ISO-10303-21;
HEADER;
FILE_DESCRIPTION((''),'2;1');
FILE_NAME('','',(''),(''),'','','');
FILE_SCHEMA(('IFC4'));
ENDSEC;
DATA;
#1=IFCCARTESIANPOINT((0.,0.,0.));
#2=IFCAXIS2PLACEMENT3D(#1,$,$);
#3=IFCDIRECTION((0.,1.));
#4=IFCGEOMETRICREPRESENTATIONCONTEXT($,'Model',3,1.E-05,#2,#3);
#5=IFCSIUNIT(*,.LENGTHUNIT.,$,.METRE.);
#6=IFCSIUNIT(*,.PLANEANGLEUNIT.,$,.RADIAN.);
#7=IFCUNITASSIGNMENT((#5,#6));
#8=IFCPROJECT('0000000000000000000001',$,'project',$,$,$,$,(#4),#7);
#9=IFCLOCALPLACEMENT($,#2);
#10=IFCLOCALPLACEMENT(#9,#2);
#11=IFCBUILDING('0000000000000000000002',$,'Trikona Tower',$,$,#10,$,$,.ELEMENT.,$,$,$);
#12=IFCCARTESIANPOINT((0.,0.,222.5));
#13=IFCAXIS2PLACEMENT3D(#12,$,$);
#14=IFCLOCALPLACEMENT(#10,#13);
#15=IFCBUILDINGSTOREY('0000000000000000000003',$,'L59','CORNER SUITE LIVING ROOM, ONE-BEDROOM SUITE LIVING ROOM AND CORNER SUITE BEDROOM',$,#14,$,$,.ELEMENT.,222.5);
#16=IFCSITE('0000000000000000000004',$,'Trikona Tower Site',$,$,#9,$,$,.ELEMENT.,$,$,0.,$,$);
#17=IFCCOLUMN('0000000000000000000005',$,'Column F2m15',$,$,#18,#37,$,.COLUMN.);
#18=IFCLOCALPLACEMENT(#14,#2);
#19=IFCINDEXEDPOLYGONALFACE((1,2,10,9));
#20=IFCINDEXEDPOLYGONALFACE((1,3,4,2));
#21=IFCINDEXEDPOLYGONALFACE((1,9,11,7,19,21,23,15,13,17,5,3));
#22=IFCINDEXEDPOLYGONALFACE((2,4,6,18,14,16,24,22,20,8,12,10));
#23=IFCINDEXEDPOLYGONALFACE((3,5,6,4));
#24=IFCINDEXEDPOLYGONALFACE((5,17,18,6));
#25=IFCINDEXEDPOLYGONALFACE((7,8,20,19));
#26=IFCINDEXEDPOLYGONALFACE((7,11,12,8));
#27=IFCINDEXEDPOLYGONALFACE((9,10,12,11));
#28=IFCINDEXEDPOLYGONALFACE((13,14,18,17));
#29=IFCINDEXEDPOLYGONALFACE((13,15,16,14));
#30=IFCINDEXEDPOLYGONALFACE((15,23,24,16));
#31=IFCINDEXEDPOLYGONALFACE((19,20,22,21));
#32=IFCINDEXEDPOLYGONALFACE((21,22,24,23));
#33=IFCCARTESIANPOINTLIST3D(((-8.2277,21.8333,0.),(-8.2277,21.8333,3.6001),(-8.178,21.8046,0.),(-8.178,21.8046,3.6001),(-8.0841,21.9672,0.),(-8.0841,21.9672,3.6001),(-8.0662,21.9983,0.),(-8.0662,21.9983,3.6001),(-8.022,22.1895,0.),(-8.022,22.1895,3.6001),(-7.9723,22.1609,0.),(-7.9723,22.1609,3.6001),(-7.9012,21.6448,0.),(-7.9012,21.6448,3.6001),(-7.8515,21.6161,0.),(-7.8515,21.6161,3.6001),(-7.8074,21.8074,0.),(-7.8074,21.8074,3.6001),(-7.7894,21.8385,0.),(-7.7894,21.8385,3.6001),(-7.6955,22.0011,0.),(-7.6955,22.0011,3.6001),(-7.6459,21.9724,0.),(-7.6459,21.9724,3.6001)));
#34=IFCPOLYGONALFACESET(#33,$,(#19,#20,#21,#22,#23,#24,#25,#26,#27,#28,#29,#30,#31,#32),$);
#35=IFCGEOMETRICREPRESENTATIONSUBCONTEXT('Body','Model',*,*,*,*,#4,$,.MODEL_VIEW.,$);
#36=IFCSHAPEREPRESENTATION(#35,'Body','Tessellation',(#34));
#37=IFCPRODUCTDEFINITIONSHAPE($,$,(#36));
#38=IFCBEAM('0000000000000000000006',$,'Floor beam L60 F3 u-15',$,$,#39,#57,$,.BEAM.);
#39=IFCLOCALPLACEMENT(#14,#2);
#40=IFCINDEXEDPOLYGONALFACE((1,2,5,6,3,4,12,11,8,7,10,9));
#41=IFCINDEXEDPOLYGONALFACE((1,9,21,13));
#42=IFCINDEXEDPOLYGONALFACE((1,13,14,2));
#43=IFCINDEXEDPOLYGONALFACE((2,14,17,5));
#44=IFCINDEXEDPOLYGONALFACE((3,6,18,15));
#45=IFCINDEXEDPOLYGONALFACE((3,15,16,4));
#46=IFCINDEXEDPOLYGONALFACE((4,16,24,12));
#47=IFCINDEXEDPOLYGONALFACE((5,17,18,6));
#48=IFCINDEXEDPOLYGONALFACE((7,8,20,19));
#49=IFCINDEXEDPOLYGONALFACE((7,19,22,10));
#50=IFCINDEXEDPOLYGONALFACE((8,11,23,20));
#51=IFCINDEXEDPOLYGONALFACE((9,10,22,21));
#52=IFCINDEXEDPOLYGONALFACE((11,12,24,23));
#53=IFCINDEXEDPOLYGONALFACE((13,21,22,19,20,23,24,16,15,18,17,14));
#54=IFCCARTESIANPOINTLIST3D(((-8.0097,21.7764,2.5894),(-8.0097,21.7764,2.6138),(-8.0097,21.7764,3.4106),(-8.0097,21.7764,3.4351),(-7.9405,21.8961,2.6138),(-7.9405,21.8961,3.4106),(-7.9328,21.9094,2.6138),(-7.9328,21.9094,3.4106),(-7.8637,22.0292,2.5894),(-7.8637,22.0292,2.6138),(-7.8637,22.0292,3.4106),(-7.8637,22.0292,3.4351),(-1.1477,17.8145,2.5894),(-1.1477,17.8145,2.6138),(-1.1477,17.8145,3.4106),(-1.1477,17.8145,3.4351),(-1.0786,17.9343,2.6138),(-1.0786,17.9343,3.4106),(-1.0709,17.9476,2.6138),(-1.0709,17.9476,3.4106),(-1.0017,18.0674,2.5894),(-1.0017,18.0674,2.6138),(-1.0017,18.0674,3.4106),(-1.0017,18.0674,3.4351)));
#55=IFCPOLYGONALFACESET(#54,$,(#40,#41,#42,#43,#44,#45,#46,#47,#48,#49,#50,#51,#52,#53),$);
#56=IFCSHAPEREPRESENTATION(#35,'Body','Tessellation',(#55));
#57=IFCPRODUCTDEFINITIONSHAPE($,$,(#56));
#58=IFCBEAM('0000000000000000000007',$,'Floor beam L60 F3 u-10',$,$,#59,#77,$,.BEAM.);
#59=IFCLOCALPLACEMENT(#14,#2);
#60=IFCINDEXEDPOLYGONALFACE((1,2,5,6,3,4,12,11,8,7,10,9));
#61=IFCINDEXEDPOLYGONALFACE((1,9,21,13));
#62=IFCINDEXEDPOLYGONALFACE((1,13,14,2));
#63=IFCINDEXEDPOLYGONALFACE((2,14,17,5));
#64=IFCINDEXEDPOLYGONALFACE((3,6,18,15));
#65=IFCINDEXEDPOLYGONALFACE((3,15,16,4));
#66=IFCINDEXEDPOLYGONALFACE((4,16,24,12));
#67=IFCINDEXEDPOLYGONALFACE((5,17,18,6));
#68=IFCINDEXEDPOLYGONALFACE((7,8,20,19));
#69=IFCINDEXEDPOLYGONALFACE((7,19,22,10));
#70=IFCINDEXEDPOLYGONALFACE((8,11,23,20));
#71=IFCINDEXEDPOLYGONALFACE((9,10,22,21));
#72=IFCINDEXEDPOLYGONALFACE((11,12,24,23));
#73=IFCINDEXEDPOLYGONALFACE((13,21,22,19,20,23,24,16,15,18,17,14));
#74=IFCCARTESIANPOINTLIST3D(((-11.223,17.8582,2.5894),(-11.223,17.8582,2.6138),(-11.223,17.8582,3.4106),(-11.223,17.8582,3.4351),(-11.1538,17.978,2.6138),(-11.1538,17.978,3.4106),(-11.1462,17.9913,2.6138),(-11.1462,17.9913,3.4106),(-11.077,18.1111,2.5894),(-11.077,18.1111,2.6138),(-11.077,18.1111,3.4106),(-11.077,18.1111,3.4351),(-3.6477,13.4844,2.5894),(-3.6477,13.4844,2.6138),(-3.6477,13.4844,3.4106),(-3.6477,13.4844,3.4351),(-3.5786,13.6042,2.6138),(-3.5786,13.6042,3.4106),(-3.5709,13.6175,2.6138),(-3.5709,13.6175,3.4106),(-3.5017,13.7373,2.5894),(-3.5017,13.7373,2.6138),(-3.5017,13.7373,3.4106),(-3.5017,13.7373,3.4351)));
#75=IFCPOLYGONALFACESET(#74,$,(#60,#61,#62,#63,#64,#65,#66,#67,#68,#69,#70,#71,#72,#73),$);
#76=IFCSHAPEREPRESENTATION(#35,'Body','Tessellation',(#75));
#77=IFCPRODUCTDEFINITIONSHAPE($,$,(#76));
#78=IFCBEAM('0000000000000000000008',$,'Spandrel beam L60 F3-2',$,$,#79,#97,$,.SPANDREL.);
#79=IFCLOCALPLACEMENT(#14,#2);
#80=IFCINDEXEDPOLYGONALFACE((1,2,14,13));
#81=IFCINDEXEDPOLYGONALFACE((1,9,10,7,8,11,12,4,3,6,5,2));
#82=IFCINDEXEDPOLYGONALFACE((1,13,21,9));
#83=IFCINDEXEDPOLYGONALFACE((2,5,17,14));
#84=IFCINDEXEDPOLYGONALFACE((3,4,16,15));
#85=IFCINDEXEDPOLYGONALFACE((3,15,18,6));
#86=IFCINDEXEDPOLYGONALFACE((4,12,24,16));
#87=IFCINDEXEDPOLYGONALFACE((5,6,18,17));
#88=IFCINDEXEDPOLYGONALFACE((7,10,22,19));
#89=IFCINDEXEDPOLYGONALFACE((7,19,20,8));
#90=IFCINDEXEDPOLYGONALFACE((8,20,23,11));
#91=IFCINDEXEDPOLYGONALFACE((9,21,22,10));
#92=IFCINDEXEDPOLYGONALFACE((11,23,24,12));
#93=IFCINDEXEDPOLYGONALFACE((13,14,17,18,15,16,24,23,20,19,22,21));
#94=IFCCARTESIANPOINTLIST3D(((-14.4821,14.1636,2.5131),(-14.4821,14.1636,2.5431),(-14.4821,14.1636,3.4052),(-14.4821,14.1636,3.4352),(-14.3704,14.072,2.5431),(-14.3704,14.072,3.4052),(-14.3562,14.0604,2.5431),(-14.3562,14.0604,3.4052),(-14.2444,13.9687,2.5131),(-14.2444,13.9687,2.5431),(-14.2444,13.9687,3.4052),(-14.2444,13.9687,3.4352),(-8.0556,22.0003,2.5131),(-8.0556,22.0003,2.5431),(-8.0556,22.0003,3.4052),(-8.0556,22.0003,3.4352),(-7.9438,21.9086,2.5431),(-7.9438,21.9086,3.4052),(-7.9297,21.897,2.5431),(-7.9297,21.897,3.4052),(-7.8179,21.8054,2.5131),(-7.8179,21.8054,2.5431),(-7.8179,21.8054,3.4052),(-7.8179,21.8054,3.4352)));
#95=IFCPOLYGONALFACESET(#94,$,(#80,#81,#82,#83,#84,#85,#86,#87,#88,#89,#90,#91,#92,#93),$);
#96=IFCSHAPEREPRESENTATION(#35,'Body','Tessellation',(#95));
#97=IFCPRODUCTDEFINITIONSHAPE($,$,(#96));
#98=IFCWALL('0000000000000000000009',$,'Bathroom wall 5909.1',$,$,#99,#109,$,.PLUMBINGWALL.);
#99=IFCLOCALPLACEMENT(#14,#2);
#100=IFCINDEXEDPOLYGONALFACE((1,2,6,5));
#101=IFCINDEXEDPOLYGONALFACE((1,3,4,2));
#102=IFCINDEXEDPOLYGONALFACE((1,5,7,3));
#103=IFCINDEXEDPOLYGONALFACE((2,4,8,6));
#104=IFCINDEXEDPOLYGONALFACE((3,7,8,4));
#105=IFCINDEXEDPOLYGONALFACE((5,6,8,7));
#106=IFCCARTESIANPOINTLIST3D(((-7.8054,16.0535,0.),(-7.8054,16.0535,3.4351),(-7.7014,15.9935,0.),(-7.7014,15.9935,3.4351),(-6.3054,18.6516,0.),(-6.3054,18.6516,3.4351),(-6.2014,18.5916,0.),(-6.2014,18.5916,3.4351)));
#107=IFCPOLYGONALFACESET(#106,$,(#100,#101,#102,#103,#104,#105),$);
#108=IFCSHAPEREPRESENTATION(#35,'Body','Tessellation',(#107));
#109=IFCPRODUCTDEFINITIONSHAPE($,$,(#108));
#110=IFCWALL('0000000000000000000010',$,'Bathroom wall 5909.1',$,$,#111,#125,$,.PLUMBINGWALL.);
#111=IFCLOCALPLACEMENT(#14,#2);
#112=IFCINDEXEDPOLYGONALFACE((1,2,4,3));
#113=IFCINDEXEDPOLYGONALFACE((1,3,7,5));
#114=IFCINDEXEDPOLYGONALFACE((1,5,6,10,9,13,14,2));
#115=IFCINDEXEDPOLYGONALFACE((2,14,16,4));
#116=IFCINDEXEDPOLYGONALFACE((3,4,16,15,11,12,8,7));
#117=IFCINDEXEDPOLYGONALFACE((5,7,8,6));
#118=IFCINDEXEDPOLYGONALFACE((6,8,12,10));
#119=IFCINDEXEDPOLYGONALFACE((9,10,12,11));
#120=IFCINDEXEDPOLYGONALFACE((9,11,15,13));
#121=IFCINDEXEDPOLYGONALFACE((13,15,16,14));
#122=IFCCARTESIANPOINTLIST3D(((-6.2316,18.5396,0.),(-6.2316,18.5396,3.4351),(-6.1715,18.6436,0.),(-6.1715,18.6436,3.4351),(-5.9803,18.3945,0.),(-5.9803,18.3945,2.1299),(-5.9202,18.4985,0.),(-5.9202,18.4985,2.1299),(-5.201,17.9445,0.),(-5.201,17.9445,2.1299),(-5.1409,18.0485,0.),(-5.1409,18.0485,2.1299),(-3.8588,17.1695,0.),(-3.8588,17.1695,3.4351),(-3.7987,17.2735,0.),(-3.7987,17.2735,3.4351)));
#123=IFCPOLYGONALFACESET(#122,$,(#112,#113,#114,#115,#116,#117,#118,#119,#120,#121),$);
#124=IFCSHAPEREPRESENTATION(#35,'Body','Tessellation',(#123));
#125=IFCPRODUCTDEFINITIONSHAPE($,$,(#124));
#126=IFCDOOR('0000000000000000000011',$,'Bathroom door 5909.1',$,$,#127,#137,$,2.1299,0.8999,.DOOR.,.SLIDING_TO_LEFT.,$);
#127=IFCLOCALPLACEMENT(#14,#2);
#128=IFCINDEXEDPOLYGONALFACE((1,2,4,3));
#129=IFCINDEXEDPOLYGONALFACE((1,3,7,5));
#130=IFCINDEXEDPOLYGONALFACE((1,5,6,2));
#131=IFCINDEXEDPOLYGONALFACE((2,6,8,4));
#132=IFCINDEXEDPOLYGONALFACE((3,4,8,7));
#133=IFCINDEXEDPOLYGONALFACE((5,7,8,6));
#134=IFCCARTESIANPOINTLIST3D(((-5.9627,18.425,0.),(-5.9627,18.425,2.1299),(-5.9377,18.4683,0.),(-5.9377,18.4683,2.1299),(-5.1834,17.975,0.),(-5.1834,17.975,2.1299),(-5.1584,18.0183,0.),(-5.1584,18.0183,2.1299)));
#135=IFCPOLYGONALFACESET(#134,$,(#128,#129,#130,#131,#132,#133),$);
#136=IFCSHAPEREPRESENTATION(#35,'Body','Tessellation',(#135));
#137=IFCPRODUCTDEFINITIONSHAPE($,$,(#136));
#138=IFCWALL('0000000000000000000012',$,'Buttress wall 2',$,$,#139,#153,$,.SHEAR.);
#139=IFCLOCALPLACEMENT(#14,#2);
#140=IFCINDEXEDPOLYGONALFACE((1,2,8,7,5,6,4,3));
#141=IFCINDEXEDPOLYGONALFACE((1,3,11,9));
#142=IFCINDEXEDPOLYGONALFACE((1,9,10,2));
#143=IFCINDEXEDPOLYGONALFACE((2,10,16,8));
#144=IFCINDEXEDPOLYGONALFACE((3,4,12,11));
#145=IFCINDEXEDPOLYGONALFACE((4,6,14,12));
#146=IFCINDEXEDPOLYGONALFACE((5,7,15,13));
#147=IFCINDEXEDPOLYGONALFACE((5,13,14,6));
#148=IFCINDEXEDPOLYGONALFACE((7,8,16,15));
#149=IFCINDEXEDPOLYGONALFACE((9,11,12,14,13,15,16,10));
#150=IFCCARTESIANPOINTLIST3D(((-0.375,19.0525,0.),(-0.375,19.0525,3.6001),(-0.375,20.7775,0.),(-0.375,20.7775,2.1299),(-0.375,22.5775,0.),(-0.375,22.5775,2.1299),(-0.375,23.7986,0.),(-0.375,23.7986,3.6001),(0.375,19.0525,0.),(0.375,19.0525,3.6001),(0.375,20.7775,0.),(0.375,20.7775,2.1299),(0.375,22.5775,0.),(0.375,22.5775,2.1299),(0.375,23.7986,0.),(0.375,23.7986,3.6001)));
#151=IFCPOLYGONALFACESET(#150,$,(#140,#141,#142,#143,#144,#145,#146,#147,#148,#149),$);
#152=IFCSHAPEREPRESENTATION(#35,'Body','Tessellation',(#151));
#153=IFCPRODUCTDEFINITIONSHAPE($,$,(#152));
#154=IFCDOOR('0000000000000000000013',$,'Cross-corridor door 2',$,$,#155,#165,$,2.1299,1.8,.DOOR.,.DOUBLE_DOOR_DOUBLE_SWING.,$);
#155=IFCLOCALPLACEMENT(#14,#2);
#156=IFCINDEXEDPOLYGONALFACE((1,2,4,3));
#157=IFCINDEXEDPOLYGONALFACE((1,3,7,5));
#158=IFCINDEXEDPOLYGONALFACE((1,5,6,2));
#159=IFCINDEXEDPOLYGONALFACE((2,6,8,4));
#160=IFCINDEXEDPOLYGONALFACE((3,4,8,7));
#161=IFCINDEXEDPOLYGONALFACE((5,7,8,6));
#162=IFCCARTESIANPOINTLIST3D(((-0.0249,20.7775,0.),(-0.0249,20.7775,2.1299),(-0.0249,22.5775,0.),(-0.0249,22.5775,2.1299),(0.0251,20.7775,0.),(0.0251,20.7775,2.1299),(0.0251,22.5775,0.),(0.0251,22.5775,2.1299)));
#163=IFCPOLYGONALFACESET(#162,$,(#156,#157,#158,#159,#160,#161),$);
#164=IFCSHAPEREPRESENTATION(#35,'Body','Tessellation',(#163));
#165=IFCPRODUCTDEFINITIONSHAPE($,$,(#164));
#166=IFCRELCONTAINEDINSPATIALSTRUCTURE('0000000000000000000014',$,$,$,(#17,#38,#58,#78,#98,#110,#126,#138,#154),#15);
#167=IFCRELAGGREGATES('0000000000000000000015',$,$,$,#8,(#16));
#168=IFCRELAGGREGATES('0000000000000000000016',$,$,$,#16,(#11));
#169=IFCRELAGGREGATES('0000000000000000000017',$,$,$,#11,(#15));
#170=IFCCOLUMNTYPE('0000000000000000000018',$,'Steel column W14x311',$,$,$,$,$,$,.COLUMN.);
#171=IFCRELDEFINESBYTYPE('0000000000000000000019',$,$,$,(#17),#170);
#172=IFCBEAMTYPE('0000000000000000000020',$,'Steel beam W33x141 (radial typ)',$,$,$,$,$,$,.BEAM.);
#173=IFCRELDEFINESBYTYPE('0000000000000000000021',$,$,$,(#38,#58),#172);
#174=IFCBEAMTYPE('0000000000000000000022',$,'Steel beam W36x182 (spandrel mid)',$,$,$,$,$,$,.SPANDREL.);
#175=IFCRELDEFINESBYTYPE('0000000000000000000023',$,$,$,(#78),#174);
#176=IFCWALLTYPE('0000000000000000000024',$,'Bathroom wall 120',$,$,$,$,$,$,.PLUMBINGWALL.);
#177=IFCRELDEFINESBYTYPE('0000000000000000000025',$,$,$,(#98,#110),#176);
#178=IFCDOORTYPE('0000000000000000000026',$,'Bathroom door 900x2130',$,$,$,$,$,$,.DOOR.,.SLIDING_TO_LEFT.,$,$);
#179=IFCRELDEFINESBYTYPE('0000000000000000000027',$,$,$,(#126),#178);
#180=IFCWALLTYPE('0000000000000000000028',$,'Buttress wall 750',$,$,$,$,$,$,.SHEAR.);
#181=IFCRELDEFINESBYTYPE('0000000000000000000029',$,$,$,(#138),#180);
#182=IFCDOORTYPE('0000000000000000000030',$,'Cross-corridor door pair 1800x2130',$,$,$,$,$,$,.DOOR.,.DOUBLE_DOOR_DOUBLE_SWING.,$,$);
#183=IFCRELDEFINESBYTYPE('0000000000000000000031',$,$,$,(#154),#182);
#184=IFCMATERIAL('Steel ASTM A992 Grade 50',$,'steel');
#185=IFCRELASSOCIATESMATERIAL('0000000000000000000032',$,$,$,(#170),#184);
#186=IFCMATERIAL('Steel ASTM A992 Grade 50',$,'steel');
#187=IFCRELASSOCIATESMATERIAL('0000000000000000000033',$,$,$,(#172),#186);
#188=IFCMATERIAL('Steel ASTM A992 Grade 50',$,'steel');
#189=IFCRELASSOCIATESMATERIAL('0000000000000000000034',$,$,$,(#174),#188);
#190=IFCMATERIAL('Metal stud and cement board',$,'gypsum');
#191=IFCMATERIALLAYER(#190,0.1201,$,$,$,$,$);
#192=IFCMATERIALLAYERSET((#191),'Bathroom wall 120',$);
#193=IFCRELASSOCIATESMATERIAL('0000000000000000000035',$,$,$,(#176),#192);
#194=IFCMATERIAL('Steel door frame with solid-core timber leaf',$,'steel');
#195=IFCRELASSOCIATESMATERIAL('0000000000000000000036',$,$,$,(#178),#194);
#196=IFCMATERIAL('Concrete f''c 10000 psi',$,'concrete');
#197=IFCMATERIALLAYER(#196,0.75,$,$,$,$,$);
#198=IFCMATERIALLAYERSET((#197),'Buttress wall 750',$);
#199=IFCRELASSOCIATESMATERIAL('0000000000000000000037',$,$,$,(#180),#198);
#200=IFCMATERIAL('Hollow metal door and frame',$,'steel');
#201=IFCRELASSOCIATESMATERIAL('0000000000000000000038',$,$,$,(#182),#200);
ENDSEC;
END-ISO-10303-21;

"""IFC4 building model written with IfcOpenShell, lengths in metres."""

from ifc_helpers import new_model, si_unit, direction, frame, frame_2d, origin, origin_2d, place, context, subcontext, project, spatial, rectangle, i_section, extrude, material, layer, layer_set, material_profile, profile_set, type_object, element, fill, save


model = new_model("IFC4")

# Units and contexts
model_context = context("Model", 3, precision=1e-05, world=origin(), true_north=direction((0.0, 1.0)))
body_context = subcontext(model_context, "Body", "Model", "MODEL_VIEW")
ifc_project = project(units=[si_unit("LENGTHUNIT", "METRE"), si_unit("PLANEANGLEUNIT", "RADIAN")], contexts=[model_context])

# Site, building, storey
site_placement = place(None, origin())
site = spatial("IfcSite", under=ifc_project, at=site_placement, Name="Trikona Tower Site", CompositionType="ELEMENT", RefElevation=0.0)
building_placement = place(site_placement, origin())
building = spatial("IfcBuilding", under=site, at=building_placement, Name="Trikona Tower", CompositionType="ELEMENT")
storey_placement = place(building_placement, frame((0.0, 0.0, 222.5)))
storey = spatial("IfcBuildingStorey", under=building, at=storey_placement, Name="L59", Description="CORNER SUITE LIVING ROOM, ONE-BEDROOM SUITE LIVING ROOM AND CORNER SUITE BEDROOM", CompositionType="ELEMENT", Elevation=222.5)

# Column
ifc_material_1 = material(Name="Steel ASTM A992 Grade 50", Category="steel")
ifc_material_profile_1 = material_profile(ifc_material_1, i_section(OverallWidth=0.4114, OverallDepth=0.4343, WebThickness=0.0359, FlangeThickness=0.0574, at=origin_2d()), Name="W14X311")
ifc_profile_set_1 = profile_set([ifc_material_profile_1], Name="Steel ASTM A992 Grade 50")
column_type = type_object("IfcColumnType", Name="Steel column W14x311", PredefinedType="COLUMN", material=ifc_profile_set_1)
column_placement = place(storey_placement, frame((-7.9368, 21.9028, 0.0), z_axis=(0.0, 0.0, 1.0), x_axis=(-0.5, -0.866025, 0.0)))
element("IfcColumn", 1, at=column_placement, inside=storey, type_object=column_type, Name="Column F2m15", PredefinedType="COLUMN", context=body_context, shape_type="SweptSolid", body=[
    extrude(i_section(OverallWidth=0.4114, OverallDepth=0.4343, WebThickness=0.0359, FlangeThickness=0.0574, at=origin_2d()), origin(), (0.0, 0.0, 1.0), 3.6001),
])

# Beams
ifc_material_2 = material(Name="Steel ASTM A992 Grade 50", Category="steel")
ifc_material_profile_2 = material_profile(ifc_material_2, i_section(OverallWidth=0.292, OverallDepth=0.8457, WebThickness=0.0154, FlangeThickness=0.0244, at=origin_2d()), Name="W33X141")
ifc_profile_set_2 = profile_set([ifc_material_profile_2], Name="Steel ASTM A992 Grade 50")
beam_type_1 = type_object("IfcBeamType", Name="Steel beam W33x141 (radial typ)", PredefinedType="BEAM", material=ifc_profile_set_2)
beam_1_placement = place(storey_placement, frame((-1.0747, 17.9409, 3.0122), z_axis=(-0.86602, 0.50001, 0.0), x_axis=(-0.50001, -0.86602, 0.0)))
element("IfcBeam", 2, at=beam_1_placement, inside=storey, type_object=beam_type_1, Name="Floor beam L60 F3 u-15", PredefinedType="BEAM", context=body_context, shape_type="SweptSolid", body=[
    extrude(i_section(OverallWidth=0.292, OverallDepth=0.8457, WebThickness=0.0154, FlangeThickness=0.0244, at=origin_2d()), origin(), (0.0, 0.0, 1.0), 7.9236),
])
beam_2_placement = place(storey_placement, frame((-3.5747, 13.6108, 3.0122), z_axis=(-0.866014, 0.50002, 0.0), x_axis=(-0.50002, -0.866014, 0.0)))
element("IfcBeam", 3, at=beam_2_placement, inside=storey, type_object=beam_type_1, Name="Floor beam L60 F3 u-10", PredefinedType="BEAM", context=body_context, shape_type="SweptSolid", body=[
    extrude(i_section(OverallWidth=0.292, OverallDepth=0.8457, WebThickness=0.0154, FlangeThickness=0.0244, at=origin_2d()), origin(), (0.0, 0.0, 1.0), 8.7473),
])
ifc_material_3 = material(Name="Steel ASTM A992 Grade 50", Category="steel")
ifc_material_profile_3 = material_profile(ifc_material_3, i_section(OverallWidth=0.3074, OverallDepth=0.9221, WebThickness=0.0183, FlangeThickness=0.03, at=origin_2d()), Name="W36X182")
ifc_profile_set_3 = profile_set([ifc_material_profile_3], Name="Steel ASTM A992 Grade 50")
beam_type_2 = type_object("IfcBeamType", Name="Steel beam W36x182 (spandrel mid)", PredefinedType="SPANDREL", material=ifc_profile_set_3)
beam_3_placement = place(storey_placement, frame((-7.9368, 21.9028, 2.9741), z_axis=(-0.634106, -0.773246, 0.0), x_axis=(0.773246, -0.634106, 0.0)))
element("IfcBeam", 4, at=beam_3_placement, inside=storey, type_object=beam_type_2, Name="Spandrel beam L60 F3-2", PredefinedType="SPANDREL", context=body_context, shape_type="SweptSolid", body=[
    extrude(i_section(OverallWidth=0.3074, OverallDepth=0.9221, WebThickness=0.0183, FlangeThickness=0.03, at=origin_2d()), origin(), (0.0, 0.0, 1.0), 10.1348),
])

# Wall
ifc_material_4 = material(Name="Metal stud and cement board", Category="gypsum")
ifc_layer_1 = layer(ifc_material_4, 0.1201)
ifc_layer_set_1 = layer_set([ifc_layer_1], Name="Bathroom wall 120")
wall_type_1 = type_object("IfcWallType", Name="Bathroom wall 120", PredefinedType="PLUMBINGWALL", material=ifc_layer_set_1)
wall_1_placement = place(storey_placement, frame((-6.2534, 18.6216, 0.0), z_axis=(0.0, 0.0, 1.0), x_axis=(-0.49999, -0.866031, 0.0)))
element("IfcWall", 5, at=wall_1_placement, inside=storey, type_object=wall_type_1, Name="Bathroom wall 5909.1", PredefinedType="PLUMBINGWALL", context=body_context, shape_type="SweptSolid", body=[
    extrude(rectangle(XDim=3.0, YDim=0.1201, at=frame_2d((1.5, 0.0))), origin(), (0.0, 0.0, 1.0), 3.4351),
])

# Walls, openings, doors
wall_2_placement = place(storey_placement, frame((-3.8286, 17.2214, 0.0), z_axis=(0.0, 0.0, 1.0), x_axis=(-0.865997, 0.500049, 0.0)))
wall_2 = element("IfcWall", 6, at=wall_2_placement, inside=storey, type_object=wall_type_1, Name="Bathroom wall 5909.1", PredefinedType="PLUMBINGWALL", context=body_context, shape_type="SweptSolid", body=[
    extrude(rectangle(XDim=2.74, YDim=0.1201, at=frame_2d((1.3701, 0.0))), origin(), (0.0, 0.0, 1.0), 3.4351),
])
opening_1_placement = place(wall_2_placement, frame((1.55, 0.0, 0.0)))
opening_1 = element("IfcOpeningElement", 7, at=opening_1_placement, cuts=wall_2, PredefinedType="OPENING", context=body_context, shape_type="SweptSolid", body=[
    extrude(rectangle(XDim=0.8999, YDim=2.1299, at=frame_2d((0.45, 1.0649))), frame((0.0, 0.0701, 0.0), z_axis=(0.0, -1.0, 0.0), x_axis=(1.0, 0.0, 0.0)), (0.0, 0.0, 1.0), 0.1401),
])
ifc_material_5 = material(Name="Steel door frame with solid-core timber leaf", Category="steel")
door_type_1 = type_object("IfcDoorType", Name="Bathroom door 900x2130", OperationType="SLIDING_TO_LEFT", PredefinedType="DOOR", material=ifc_material_5)
door_1_placement = place(opening_1_placement, origin())
door_1 = element("IfcDoor", 8, at=door_1_placement, inside=storey, type_object=door_type_1, Name="Bathroom door 5909.1", OperationType="SLIDING_TO_LEFT", OverallHeight=2.1299, OverallWidth=0.8999, PredefinedType="DOOR", context=body_context, shape_type="SweptSolid", body=[
    extrude(rectangle(XDim=0.8999, YDim=2.1299, at=frame_2d((0.45, 1.0649))), frame((0.0, 0.0249, 0.0), z_axis=(0.0, -1.0, 0.0), x_axis=(1.0, 0.0, 0.0)), (0.0, 0.0, 1.0), 0.05),
])
fill(opening_1, door_1)
ifc_material_6 = material(Name="Concrete f'c 10000 psi", Category="concrete")
ifc_layer_2 = layer(ifc_material_6, 0.75)
ifc_layer_set_2 = layer_set([ifc_layer_2], Name="Buttress wall 750")
wall_type_2 = type_object("IfcWallType", Name="Buttress wall 750", PredefinedType="SHEAR", material=ifc_layer_set_2)
wall_3_placement = place(storey_placement, frame((0.0, 19.0525, 0.0), z_axis=(0.0, 0.0, 1.0), x_axis=(0.0, 1.0, 0.0)))
wall_3 = element("IfcWall", 9, at=wall_3_placement, inside=storey, type_object=wall_type_2, Name="Buttress wall 2", PredefinedType="SHEAR", context=body_context, shape_type="SweptSolid", body=[
    extrude(rectangle(XDim=4.7461, YDim=0.75, at=frame_2d((2.373, 0.0))), origin(), (0.0, 0.0, 1.0), 3.6001),
])
opening_2_placement = place(wall_3_placement, frame((1.7251, 0.0, 0.0)))
opening_2 = element("IfcOpeningElement", 10, at=opening_2_placement, cuts=wall_3, PredefinedType="OPENING", context=body_context, shape_type="SweptSolid", body=[
    extrude(rectangle(XDim=1.8, YDim=2.1299, at=frame_2d((0.8999, 1.0649))), frame((0.0, 0.385, 0.0), z_axis=(0.0, -1.0, 0.0), x_axis=(1.0, 0.0, 0.0)), (0.0, 0.0, 1.0), 0.77),
])
ifc_material_7 = material(Name="Hollow metal door and frame", Category="steel")
door_type_2 = type_object("IfcDoorType", Name="Cross-corridor door pair 1800x2130", OperationType="DOUBLE_DOOR_DOUBLE_SWING", PredefinedType="DOOR", material=ifc_material_7)
door_2_placement = place(opening_2_placement, origin())
door_2 = element("IfcDoor", 11, at=door_2_placement, inside=storey, type_object=door_type_2, Name="Cross-corridor door 2", OperationType="DOUBLE_DOOR_DOUBLE_SWING", OverallHeight=2.1299, OverallWidth=1.8, PredefinedType="DOOR", context=body_context, shape_type="SweptSolid", body=[
    extrude(rectangle(XDim=1.8, YDim=2.1299, at=frame_2d((0.8999, 1.0649))), frame((0.0, 0.0249, 0.0), z_axis=(0.0, -1.0, 0.0), x_axis=(1.0, 0.0, 0.0)), (0.0, 0.0, 1.0), 0.05),
])
fill(opening_2, door_2)

save(model, "model.ifc")
